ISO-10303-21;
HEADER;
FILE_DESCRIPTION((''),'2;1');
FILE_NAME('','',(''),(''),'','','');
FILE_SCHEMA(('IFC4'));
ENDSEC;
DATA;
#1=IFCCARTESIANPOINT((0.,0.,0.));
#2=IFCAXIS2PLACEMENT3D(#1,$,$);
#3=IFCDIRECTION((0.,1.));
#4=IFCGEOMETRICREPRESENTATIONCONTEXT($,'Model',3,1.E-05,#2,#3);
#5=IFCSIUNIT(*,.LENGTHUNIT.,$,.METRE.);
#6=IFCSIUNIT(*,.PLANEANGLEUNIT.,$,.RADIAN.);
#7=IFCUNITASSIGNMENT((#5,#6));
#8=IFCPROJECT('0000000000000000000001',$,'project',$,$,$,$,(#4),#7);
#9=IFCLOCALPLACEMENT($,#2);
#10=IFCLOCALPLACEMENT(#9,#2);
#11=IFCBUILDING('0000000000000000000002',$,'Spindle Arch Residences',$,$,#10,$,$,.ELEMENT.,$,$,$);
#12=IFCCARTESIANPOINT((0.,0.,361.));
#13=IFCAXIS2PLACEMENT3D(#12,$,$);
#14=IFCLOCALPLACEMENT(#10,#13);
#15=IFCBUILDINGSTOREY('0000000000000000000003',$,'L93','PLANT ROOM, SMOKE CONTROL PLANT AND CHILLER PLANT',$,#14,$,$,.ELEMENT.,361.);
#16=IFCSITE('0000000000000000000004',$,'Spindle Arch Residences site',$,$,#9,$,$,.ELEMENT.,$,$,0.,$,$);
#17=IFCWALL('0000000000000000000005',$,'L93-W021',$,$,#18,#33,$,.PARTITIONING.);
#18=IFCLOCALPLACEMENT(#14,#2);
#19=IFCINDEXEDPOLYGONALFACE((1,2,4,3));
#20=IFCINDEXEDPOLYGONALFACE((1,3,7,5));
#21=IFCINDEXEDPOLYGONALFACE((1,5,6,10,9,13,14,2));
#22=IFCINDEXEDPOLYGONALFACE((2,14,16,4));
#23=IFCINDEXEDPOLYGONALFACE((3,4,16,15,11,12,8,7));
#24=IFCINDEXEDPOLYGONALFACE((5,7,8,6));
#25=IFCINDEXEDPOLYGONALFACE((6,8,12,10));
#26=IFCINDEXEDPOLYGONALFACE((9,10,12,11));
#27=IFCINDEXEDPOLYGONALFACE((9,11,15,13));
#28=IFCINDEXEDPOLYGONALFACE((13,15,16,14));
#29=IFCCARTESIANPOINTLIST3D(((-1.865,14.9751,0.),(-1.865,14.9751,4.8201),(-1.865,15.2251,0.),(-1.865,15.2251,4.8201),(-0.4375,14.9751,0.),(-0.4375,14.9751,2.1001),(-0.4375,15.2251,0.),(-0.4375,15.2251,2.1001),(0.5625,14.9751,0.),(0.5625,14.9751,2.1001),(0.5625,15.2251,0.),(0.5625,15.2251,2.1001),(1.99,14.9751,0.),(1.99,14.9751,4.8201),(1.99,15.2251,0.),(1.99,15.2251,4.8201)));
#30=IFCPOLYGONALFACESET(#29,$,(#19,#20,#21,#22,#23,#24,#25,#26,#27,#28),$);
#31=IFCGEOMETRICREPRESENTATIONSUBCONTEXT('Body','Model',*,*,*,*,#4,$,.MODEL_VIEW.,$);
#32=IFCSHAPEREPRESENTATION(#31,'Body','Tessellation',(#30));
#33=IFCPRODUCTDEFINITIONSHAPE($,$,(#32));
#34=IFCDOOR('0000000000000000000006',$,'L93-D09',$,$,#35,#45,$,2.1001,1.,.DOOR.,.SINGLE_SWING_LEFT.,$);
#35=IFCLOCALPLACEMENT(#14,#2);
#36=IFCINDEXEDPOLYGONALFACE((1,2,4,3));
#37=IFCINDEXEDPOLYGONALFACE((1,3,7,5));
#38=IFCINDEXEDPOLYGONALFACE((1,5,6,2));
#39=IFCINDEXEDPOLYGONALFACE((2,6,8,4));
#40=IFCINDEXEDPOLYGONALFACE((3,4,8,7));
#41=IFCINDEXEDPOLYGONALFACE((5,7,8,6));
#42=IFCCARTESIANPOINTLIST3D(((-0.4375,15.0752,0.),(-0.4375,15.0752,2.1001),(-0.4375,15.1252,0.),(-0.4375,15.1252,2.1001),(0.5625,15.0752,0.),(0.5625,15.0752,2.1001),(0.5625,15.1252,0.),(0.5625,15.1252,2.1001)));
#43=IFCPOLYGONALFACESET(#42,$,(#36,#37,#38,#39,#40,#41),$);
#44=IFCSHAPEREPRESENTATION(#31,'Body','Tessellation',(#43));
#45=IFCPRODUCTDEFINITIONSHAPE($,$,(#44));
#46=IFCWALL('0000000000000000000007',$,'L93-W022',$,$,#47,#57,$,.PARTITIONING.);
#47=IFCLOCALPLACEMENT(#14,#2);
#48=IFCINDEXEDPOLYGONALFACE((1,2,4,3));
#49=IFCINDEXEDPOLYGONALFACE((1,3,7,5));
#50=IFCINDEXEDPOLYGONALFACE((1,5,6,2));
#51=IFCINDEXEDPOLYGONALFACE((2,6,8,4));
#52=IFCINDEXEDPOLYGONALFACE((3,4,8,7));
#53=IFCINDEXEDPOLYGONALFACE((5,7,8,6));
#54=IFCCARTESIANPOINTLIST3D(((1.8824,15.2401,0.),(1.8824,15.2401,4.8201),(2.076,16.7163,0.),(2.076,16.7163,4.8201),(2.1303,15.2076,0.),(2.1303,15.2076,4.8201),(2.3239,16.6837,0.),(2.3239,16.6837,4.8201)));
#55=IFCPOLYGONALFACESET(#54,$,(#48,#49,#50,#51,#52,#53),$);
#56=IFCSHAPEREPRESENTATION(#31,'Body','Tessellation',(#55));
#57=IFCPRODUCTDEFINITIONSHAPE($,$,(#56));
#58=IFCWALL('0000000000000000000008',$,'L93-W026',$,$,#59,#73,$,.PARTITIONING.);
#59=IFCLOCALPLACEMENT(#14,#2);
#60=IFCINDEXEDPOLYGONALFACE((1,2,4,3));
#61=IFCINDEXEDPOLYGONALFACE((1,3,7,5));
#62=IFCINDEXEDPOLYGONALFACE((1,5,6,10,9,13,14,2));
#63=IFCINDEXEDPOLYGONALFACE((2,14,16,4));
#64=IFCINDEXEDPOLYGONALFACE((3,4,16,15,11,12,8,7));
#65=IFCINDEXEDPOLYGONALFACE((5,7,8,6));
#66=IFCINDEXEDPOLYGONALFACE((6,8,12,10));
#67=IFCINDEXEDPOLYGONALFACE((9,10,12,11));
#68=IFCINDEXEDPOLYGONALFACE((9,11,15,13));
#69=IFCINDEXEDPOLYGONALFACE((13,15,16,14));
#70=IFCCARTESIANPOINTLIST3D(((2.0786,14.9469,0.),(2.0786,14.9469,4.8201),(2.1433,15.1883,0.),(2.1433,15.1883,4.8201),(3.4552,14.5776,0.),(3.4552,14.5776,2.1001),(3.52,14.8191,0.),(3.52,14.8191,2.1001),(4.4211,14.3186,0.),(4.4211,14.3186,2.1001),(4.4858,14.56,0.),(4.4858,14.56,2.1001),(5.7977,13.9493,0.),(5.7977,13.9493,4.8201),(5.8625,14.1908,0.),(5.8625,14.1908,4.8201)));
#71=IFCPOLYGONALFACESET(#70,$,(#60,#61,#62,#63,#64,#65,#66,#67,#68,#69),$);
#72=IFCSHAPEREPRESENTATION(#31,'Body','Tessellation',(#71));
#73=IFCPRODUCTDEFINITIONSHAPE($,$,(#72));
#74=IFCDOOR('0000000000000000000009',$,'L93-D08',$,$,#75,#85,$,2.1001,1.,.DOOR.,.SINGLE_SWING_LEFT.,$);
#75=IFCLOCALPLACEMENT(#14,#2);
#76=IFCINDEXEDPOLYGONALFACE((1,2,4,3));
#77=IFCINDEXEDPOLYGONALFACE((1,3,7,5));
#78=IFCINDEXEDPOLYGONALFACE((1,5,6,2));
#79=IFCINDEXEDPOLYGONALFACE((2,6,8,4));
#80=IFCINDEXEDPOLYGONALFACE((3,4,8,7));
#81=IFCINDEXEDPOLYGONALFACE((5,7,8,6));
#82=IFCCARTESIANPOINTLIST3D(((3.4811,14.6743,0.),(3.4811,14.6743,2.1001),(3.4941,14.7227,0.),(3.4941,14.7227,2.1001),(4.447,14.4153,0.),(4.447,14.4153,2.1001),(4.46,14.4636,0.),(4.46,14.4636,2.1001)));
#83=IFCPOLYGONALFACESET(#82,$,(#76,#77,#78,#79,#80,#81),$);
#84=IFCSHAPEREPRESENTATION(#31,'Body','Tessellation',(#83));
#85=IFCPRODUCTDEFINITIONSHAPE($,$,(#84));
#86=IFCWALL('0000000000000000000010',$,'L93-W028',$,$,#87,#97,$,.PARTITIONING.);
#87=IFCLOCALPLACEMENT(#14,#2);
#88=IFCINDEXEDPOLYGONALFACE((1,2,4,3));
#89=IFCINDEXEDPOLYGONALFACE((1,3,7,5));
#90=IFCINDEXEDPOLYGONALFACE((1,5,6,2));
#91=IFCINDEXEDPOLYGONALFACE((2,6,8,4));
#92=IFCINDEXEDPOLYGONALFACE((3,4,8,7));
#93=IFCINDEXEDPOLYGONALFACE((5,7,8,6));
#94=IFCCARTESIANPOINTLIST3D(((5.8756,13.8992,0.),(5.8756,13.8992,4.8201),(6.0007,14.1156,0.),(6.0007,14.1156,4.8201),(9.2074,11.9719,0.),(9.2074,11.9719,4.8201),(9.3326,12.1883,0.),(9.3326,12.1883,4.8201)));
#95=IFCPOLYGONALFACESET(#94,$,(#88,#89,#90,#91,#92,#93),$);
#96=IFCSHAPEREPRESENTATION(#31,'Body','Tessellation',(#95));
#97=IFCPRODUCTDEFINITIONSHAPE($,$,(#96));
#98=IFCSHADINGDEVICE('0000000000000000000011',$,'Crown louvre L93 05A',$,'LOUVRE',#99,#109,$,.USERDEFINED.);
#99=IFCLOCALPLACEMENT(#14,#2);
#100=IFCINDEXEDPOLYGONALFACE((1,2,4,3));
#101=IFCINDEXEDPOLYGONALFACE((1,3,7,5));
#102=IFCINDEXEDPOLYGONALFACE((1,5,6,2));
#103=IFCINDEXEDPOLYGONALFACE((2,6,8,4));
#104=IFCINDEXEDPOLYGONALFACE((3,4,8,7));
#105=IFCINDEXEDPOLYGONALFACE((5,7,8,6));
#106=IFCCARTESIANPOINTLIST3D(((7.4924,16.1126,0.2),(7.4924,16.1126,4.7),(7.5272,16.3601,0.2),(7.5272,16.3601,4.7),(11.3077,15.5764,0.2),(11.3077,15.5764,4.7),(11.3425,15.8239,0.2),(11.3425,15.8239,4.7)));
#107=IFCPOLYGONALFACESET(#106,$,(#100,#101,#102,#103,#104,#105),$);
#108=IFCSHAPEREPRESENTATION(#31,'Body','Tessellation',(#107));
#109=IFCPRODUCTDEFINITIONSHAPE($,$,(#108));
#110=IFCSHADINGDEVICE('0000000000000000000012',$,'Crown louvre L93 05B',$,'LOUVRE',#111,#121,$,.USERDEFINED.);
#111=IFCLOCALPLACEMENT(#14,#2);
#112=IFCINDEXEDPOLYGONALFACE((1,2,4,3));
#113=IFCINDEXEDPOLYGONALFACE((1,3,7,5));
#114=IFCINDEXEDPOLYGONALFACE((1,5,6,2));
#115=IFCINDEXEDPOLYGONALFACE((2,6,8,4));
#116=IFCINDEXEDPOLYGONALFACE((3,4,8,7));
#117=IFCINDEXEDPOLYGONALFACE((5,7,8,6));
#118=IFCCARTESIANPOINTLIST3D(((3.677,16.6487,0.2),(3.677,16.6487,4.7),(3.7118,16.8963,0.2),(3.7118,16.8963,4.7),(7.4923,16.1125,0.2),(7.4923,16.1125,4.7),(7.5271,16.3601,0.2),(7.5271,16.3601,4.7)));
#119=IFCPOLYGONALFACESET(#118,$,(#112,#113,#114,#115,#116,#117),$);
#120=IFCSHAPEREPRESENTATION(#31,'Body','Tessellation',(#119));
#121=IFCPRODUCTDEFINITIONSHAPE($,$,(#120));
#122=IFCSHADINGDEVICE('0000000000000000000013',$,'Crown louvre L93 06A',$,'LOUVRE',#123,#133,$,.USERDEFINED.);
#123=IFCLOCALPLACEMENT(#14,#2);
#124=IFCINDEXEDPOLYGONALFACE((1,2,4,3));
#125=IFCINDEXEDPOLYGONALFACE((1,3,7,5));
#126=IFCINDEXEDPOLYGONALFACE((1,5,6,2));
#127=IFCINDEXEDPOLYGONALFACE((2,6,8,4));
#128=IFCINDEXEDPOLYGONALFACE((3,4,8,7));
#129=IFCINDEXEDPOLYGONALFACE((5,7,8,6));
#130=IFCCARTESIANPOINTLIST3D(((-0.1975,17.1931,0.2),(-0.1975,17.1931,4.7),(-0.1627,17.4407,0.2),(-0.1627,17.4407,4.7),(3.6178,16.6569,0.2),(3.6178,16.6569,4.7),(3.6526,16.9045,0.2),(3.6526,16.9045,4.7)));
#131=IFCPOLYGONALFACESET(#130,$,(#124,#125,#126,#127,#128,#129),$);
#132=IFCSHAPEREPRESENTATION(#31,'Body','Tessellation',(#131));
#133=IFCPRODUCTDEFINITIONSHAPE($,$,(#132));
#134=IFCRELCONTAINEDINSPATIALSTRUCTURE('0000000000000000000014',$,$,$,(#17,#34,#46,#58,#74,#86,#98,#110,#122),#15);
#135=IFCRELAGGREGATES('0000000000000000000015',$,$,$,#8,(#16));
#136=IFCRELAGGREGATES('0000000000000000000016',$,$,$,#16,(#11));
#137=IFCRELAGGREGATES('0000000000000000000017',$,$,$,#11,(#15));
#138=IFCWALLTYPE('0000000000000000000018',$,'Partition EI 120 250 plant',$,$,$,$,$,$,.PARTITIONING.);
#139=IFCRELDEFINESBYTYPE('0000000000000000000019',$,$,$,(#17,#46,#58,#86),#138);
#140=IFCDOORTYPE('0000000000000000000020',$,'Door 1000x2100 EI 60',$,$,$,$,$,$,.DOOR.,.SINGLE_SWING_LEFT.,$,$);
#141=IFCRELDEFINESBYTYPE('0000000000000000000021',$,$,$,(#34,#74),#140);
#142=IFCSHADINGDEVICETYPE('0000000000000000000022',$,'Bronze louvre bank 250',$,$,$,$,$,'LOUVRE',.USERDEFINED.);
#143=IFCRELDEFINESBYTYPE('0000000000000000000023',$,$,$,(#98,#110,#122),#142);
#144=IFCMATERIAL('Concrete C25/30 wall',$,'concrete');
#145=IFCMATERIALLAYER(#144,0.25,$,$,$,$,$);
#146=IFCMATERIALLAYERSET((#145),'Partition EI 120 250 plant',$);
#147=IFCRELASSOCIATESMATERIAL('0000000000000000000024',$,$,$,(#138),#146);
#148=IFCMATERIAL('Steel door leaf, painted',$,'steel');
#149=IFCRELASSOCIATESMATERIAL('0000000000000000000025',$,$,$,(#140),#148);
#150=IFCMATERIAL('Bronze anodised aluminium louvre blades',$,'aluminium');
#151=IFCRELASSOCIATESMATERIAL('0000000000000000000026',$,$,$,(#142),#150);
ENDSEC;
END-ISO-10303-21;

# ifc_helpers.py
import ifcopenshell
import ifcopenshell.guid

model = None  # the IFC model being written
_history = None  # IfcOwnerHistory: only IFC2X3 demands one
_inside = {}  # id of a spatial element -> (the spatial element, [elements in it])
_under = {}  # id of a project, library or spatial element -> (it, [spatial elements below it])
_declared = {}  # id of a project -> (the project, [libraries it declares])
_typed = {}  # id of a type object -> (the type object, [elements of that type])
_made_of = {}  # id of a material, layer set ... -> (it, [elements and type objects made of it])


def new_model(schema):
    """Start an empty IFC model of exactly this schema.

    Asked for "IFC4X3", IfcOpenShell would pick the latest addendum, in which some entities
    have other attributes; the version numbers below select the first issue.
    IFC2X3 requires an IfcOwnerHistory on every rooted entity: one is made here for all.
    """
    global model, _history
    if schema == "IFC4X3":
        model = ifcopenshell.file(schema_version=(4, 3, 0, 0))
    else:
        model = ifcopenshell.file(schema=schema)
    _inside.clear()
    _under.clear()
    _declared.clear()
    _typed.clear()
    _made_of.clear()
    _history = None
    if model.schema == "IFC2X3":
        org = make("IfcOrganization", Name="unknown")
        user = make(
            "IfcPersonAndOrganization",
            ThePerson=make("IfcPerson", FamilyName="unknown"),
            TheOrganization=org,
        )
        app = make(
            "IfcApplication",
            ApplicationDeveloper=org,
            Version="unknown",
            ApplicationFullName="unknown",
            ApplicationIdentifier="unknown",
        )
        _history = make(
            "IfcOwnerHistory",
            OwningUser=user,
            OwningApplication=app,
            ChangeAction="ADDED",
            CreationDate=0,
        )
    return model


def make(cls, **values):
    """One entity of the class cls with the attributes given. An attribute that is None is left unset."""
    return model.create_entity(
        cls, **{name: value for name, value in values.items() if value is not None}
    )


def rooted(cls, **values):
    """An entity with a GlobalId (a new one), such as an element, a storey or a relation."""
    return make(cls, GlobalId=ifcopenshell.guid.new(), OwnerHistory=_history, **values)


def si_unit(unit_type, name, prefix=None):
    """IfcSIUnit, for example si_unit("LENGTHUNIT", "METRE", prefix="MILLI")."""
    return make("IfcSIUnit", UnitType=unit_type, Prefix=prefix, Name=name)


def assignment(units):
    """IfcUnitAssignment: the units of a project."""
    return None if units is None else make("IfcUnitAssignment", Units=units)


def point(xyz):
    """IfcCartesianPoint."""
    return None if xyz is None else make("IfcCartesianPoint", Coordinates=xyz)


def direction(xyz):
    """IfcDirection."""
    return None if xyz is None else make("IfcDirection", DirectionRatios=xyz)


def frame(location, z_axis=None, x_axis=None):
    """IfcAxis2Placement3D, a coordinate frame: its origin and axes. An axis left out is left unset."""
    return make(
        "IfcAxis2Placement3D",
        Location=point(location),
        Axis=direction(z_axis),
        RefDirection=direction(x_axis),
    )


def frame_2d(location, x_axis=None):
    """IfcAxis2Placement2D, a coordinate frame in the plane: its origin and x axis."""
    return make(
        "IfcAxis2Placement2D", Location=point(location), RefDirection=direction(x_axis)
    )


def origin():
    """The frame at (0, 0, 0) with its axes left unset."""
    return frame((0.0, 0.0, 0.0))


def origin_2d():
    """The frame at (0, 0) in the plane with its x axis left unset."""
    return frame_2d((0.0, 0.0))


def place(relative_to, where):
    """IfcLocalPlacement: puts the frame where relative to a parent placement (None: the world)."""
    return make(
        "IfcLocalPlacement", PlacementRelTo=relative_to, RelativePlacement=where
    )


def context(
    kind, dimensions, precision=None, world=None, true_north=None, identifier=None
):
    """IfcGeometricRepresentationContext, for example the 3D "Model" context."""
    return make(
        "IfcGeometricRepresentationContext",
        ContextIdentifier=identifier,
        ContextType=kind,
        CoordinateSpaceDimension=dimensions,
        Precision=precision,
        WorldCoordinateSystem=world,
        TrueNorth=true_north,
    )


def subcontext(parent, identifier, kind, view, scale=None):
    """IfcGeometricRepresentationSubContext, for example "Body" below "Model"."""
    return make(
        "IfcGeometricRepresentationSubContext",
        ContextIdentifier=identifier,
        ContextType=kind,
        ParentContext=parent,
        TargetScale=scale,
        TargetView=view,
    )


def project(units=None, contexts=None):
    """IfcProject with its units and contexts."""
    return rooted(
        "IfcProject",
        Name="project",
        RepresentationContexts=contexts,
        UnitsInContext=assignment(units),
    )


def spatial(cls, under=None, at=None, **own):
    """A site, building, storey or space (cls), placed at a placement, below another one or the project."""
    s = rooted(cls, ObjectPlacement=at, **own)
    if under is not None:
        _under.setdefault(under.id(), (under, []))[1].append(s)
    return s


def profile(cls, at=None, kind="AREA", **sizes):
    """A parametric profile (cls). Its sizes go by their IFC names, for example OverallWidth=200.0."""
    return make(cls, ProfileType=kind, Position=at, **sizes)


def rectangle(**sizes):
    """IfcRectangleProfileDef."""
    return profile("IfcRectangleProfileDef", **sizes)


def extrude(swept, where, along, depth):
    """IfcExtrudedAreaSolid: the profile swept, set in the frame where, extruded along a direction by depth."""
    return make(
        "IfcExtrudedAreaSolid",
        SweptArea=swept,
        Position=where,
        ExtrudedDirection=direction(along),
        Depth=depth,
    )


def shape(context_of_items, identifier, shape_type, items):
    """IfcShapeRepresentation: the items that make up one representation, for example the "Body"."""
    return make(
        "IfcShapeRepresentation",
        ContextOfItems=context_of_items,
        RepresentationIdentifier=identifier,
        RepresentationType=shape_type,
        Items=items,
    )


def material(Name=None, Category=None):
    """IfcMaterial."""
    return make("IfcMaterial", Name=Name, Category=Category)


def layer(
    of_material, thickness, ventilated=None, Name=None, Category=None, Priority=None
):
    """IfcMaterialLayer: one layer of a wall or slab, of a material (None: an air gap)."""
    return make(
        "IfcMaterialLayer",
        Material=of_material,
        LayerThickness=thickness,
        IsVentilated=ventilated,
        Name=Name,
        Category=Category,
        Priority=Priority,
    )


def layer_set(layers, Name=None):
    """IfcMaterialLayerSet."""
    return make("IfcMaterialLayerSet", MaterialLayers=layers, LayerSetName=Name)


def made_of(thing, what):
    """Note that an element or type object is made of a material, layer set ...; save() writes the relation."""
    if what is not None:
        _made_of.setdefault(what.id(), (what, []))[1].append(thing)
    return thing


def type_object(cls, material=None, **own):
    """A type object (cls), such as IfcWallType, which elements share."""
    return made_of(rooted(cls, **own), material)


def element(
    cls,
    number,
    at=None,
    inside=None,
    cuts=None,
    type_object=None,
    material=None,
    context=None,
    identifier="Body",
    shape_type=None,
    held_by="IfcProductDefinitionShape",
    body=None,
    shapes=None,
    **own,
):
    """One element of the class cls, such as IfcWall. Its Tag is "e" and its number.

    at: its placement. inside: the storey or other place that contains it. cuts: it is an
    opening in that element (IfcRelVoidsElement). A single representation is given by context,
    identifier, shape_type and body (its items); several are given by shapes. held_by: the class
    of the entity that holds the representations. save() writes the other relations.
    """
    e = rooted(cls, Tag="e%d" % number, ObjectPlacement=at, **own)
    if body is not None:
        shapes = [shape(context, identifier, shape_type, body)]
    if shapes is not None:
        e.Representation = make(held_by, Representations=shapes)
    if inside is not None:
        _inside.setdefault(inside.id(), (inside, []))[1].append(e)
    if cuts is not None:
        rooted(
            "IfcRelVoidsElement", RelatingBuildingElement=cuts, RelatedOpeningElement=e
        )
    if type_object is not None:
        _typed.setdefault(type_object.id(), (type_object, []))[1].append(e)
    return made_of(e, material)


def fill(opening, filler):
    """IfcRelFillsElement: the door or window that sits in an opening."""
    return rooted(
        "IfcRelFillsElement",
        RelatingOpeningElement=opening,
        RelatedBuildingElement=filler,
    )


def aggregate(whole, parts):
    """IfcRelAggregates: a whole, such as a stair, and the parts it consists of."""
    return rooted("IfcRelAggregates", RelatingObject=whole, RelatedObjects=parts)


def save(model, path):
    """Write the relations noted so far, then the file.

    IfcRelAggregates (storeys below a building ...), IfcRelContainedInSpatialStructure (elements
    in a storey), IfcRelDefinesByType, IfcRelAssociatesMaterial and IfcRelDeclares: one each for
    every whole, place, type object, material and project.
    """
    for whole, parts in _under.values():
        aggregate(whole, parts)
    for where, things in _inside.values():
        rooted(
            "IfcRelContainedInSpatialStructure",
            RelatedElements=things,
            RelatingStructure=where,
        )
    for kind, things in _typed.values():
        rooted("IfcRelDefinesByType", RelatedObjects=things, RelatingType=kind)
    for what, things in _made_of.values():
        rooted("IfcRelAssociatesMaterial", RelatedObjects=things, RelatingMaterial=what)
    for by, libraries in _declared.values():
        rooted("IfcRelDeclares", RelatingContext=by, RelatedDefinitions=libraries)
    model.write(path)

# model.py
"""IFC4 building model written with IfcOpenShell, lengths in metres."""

from ifc_helpers import new_model, si_unit, direction, frame, frame_2d, origin, origin_2d, place, context, subcontext, project, spatial, rectangle, extrude, material, layer, layer_set, type_object, element, fill, save


model = new_model("IFC4")

# Units and contexts
model_context = context("Model", 3, precision=1e-05, world=origin(), true_north=direction((0.0, 1.0)))
body_context = subcontext(model_context, "Body", "Model", "MODEL_VIEW")
ifc_project = project(units=[si_unit("LENGTHUNIT", "METRE"), si_unit("PLANEANGLEUNIT", "RADIAN")], contexts=[model_context])

# Site, building, storey
site_placement = place(None, origin())
site = spatial("IfcSite", under=ifc_project, at=site_placement, Name="Spindle Arch Residences site", CompositionType="ELEMENT", RefElevation=0.0)
building_placement = place(site_placement, origin())
building = spatial("IfcBuilding", under=site, at=building_placement, Name="Spindle Arch Residences", CompositionType="ELEMENT")
storey_placement = place(building_placement, frame((0.0, 0.0, 361.0)))
storey = spatial("IfcBuildingStorey", under=building, at=storey_placement, Name="L93", Description="PLANT ROOM, SMOKE CONTROL PLANT AND CHILLER PLANT", CompositionType="ELEMENT", Elevation=361.0)

# Wall, opening, door
ifc_material_1 = material(Name="Concrete C25/30 wall", Category="concrete")
ifc_layer_1 = layer(ifc_material_1, 0.25)
ifc_layer_set_1 = layer_set([ifc_layer_1], Name="Partition EI 120 250 plant")
wall_type = type_object("IfcWallType", Name="Partition EI 120 250 plant", PredefinedType="PARTITIONING", material=ifc_layer_set_1)
wall_1_placement = place(storey_placement, frame((1.99, 15.1001, 0.0), z_axis=(0.0, 0.0, 1.0), x_axis=(-1.0, 0.0, 0.0)))
wall_1 = element("IfcWall", 1, at=wall_1_placement, inside=storey, type_object=wall_type, Name="L93-W021", PredefinedType="PARTITIONING", context=body_context, shape_type="SweptSolid", body=[
    extrude(rectangle(XDim=3.855, YDim=0.25, at=frame_2d((1.9275, 0.0))), origin(), (0.0, 0.0, 1.0), 4.8201),
])
opening_1_placement = place(wall_1_placement, frame((1.4275, 0.0, 0.0)))
opening_1 = element("IfcOpeningElement", 2, at=opening_1_placement, cuts=wall_1, PredefinedType="OPENING", context=body_context, shape_type="SweptSolid", body=[
    extrude(rectangle(XDim=1.0, YDim=2.1001, at=frame_2d((0.5, 1.05))), frame((0.0, 0.135, 0.0), z_axis=(0.0, -1.0, 0.0), x_axis=(1.0, 0.0, 0.0)), (0.0, 0.0, 1.0), 0.27),
])
ifc_material_2 = material(Name="Steel door leaf, painted", Category="steel")
door_type = type_object("IfcDoorType", Name="Door 1000x2100 EI 60", OperationType="SINGLE_SWING_LEFT", PredefinedType="DOOR", material=ifc_material_2)
door_1_placement = place(opening_1_placement, origin())
door_1 = element("IfcDoor", 3, at=door_1_placement, inside=storey, type_object=door_type, Name="L93-D09", OperationType="SINGLE_SWING_LEFT", OverallHeight=2.1001, OverallWidth=1.0, PredefinedType="DOOR", context=body_context, shape_type="SweptSolid", body=[
    extrude(rectangle(XDim=1.0, YDim=2.1001, at=frame_2d((0.5, 1.05))), frame((0.0, 0.0249, 0.0), z_axis=(0.0, -1.0, 0.0), x_axis=(1.0, 0.0, 0.0)), (0.0, 0.0, 1.0), 0.05),
])
fill(opening_1, door_1)

# Wall
wall_2_placement = place(storey_placement, frame((2.0063, 15.2239, 0.0), z_axis=(0.0, 0.0, 1.0), x_axis=(0.130047, 0.991508, 0.0)))
element("IfcWall", 4, at=wall_2_placement, inside=storey, type_object=wall_type, Name="L93-W022", PredefinedType="PARTITIONING", context=body_context, shape_type="SweptSolid", body=[
    extrude(rectangle(XDim=1.4888, YDim=0.25, at=frame_2d((0.7444, 0.0))), origin(), (0.0, 0.0, 1.0), 4.8201),
])

# Wall, opening, door
wall_3_placement = place(storey_placement, frame((5.8301, 14.0701, 0.0), z_axis=(0.0, 0.0, 1.0), x_axis=(-0.965861, 0.259059, 0.0)))
wall_3 = element("IfcWall", 5, at=wall_3_placement, inside=storey, type_object=wall_type, Name="L93-W026", PredefinedType="PARTITIONING", context=body_context, shape_type="SweptSolid", body=[
    extrude(rectangle(XDim=3.8506, YDim=0.25, at=frame_2d((1.9253, 0.0))), origin(), (0.0, 0.0, 1.0), 4.8201),
])
opening_2_placement = place(wall_3_placement, frame((1.4253, 0.0, 0.0)))
opening_2 = element("IfcOpeningElement", 6, at=opening_2_placement, cuts=wall_3, PredefinedType="OPENING", context=body_context, shape_type="SweptSolid", body=[
    extrude(rectangle(XDim=1.0, YDim=2.1001, at=frame_2d((0.5, 1.05))), frame((0.0, 0.135, 0.0), z_axis=(0.0, -1.0, 0.0), x_axis=(1.0, 0.0, 0.0)), (0.0, 0.0, 1.0), 0.27),
])
door_2_placement = place(opening_2_placement, origin())
door_2 = element("IfcDoor", 7, at=door_2_placement, inside=storey, type_object=door_type, Name="L93-D08", OperationType="SINGLE_SWING_LEFT", OverallHeight=2.1001, OverallWidth=1.0, PredefinedType="DOOR", context=body_context, shape_type="SweptSolid", body=[
    extrude(rectangle(XDim=1.0, YDim=2.1001, at=frame_2d((0.5, 1.05))), frame((0.0, 0.0249, 0.0), z_axis=(0.0, -1.0, 0.0), x_axis=(1.0, 0.0, 0.0)), (0.0, 0.0, 1.0), 0.05),
])
fill(opening_2, door_2)

# Wall
wall_4_placement = place(storey_placement, frame((9.27, 12.0801, 0.0), z_axis=(0.0, 0.0, 1.0), x_axis=(-0.865616, 0.500709, 0.0)))
element("IfcWall", 8, at=wall_4_placement, inside=storey, type_object=wall_type, Name="L93-W028", PredefinedType="PARTITIONING", context=body_context, shape_type="SweptSolid", body=[
    extrude(rectangle(XDim=3.8491, YDim=0.25, at=frame_2d((1.9246, 0.0))), origin(), (0.0, 0.0, 1.0), 4.8201),
])

# Shading devices
ifc_material_3 = material(Name="Bronze anodised aluminium louvre blades", Category="aluminium")
shading_device_type = type_object("IfcShadingDeviceType", Name="Bronze louvre bank 250", ElementType="LOUVRE", PredefinedType="USERDEFINED", material=ifc_material_3)
for number, where, z_axis, x_axis, name in (
    (9, (9.4175, 15.9683, 0.2), (0.0, 0.0, 1.0), (-0.990268, 0.139173, 0.0), "Crown louvre L93 05A"),
    (10, (5.6021, 16.5044, 0.2), (0.0, 0.0, 1.0), (-0.990268, 0.139173, 0.0), "Crown louvre L93 05B"),
    (11, (1.7275, 17.0488, 0.2), (0.0, 0.0, 1.0), (-0.990268, 0.139173, 0.0), "Crown louvre L93 06A"),
):
    element("IfcShadingDevice", number, at=place(storey_placement, frame(where, z_axis=z_axis, x_axis=x_axis)), inside=storey, type_object=shading_device_type, Name=name, ObjectType="LOUVRE", PredefinedType="USERDEFINED", context=body_context, shape_type="SweptSolid", body=[
        extrude(rectangle(XDim=3.8528, YDim=0.25, at=origin_2d()), origin(), (0.0, 0.0, 1.0), 4.5),
    ])

save(model, "model.ifc")
